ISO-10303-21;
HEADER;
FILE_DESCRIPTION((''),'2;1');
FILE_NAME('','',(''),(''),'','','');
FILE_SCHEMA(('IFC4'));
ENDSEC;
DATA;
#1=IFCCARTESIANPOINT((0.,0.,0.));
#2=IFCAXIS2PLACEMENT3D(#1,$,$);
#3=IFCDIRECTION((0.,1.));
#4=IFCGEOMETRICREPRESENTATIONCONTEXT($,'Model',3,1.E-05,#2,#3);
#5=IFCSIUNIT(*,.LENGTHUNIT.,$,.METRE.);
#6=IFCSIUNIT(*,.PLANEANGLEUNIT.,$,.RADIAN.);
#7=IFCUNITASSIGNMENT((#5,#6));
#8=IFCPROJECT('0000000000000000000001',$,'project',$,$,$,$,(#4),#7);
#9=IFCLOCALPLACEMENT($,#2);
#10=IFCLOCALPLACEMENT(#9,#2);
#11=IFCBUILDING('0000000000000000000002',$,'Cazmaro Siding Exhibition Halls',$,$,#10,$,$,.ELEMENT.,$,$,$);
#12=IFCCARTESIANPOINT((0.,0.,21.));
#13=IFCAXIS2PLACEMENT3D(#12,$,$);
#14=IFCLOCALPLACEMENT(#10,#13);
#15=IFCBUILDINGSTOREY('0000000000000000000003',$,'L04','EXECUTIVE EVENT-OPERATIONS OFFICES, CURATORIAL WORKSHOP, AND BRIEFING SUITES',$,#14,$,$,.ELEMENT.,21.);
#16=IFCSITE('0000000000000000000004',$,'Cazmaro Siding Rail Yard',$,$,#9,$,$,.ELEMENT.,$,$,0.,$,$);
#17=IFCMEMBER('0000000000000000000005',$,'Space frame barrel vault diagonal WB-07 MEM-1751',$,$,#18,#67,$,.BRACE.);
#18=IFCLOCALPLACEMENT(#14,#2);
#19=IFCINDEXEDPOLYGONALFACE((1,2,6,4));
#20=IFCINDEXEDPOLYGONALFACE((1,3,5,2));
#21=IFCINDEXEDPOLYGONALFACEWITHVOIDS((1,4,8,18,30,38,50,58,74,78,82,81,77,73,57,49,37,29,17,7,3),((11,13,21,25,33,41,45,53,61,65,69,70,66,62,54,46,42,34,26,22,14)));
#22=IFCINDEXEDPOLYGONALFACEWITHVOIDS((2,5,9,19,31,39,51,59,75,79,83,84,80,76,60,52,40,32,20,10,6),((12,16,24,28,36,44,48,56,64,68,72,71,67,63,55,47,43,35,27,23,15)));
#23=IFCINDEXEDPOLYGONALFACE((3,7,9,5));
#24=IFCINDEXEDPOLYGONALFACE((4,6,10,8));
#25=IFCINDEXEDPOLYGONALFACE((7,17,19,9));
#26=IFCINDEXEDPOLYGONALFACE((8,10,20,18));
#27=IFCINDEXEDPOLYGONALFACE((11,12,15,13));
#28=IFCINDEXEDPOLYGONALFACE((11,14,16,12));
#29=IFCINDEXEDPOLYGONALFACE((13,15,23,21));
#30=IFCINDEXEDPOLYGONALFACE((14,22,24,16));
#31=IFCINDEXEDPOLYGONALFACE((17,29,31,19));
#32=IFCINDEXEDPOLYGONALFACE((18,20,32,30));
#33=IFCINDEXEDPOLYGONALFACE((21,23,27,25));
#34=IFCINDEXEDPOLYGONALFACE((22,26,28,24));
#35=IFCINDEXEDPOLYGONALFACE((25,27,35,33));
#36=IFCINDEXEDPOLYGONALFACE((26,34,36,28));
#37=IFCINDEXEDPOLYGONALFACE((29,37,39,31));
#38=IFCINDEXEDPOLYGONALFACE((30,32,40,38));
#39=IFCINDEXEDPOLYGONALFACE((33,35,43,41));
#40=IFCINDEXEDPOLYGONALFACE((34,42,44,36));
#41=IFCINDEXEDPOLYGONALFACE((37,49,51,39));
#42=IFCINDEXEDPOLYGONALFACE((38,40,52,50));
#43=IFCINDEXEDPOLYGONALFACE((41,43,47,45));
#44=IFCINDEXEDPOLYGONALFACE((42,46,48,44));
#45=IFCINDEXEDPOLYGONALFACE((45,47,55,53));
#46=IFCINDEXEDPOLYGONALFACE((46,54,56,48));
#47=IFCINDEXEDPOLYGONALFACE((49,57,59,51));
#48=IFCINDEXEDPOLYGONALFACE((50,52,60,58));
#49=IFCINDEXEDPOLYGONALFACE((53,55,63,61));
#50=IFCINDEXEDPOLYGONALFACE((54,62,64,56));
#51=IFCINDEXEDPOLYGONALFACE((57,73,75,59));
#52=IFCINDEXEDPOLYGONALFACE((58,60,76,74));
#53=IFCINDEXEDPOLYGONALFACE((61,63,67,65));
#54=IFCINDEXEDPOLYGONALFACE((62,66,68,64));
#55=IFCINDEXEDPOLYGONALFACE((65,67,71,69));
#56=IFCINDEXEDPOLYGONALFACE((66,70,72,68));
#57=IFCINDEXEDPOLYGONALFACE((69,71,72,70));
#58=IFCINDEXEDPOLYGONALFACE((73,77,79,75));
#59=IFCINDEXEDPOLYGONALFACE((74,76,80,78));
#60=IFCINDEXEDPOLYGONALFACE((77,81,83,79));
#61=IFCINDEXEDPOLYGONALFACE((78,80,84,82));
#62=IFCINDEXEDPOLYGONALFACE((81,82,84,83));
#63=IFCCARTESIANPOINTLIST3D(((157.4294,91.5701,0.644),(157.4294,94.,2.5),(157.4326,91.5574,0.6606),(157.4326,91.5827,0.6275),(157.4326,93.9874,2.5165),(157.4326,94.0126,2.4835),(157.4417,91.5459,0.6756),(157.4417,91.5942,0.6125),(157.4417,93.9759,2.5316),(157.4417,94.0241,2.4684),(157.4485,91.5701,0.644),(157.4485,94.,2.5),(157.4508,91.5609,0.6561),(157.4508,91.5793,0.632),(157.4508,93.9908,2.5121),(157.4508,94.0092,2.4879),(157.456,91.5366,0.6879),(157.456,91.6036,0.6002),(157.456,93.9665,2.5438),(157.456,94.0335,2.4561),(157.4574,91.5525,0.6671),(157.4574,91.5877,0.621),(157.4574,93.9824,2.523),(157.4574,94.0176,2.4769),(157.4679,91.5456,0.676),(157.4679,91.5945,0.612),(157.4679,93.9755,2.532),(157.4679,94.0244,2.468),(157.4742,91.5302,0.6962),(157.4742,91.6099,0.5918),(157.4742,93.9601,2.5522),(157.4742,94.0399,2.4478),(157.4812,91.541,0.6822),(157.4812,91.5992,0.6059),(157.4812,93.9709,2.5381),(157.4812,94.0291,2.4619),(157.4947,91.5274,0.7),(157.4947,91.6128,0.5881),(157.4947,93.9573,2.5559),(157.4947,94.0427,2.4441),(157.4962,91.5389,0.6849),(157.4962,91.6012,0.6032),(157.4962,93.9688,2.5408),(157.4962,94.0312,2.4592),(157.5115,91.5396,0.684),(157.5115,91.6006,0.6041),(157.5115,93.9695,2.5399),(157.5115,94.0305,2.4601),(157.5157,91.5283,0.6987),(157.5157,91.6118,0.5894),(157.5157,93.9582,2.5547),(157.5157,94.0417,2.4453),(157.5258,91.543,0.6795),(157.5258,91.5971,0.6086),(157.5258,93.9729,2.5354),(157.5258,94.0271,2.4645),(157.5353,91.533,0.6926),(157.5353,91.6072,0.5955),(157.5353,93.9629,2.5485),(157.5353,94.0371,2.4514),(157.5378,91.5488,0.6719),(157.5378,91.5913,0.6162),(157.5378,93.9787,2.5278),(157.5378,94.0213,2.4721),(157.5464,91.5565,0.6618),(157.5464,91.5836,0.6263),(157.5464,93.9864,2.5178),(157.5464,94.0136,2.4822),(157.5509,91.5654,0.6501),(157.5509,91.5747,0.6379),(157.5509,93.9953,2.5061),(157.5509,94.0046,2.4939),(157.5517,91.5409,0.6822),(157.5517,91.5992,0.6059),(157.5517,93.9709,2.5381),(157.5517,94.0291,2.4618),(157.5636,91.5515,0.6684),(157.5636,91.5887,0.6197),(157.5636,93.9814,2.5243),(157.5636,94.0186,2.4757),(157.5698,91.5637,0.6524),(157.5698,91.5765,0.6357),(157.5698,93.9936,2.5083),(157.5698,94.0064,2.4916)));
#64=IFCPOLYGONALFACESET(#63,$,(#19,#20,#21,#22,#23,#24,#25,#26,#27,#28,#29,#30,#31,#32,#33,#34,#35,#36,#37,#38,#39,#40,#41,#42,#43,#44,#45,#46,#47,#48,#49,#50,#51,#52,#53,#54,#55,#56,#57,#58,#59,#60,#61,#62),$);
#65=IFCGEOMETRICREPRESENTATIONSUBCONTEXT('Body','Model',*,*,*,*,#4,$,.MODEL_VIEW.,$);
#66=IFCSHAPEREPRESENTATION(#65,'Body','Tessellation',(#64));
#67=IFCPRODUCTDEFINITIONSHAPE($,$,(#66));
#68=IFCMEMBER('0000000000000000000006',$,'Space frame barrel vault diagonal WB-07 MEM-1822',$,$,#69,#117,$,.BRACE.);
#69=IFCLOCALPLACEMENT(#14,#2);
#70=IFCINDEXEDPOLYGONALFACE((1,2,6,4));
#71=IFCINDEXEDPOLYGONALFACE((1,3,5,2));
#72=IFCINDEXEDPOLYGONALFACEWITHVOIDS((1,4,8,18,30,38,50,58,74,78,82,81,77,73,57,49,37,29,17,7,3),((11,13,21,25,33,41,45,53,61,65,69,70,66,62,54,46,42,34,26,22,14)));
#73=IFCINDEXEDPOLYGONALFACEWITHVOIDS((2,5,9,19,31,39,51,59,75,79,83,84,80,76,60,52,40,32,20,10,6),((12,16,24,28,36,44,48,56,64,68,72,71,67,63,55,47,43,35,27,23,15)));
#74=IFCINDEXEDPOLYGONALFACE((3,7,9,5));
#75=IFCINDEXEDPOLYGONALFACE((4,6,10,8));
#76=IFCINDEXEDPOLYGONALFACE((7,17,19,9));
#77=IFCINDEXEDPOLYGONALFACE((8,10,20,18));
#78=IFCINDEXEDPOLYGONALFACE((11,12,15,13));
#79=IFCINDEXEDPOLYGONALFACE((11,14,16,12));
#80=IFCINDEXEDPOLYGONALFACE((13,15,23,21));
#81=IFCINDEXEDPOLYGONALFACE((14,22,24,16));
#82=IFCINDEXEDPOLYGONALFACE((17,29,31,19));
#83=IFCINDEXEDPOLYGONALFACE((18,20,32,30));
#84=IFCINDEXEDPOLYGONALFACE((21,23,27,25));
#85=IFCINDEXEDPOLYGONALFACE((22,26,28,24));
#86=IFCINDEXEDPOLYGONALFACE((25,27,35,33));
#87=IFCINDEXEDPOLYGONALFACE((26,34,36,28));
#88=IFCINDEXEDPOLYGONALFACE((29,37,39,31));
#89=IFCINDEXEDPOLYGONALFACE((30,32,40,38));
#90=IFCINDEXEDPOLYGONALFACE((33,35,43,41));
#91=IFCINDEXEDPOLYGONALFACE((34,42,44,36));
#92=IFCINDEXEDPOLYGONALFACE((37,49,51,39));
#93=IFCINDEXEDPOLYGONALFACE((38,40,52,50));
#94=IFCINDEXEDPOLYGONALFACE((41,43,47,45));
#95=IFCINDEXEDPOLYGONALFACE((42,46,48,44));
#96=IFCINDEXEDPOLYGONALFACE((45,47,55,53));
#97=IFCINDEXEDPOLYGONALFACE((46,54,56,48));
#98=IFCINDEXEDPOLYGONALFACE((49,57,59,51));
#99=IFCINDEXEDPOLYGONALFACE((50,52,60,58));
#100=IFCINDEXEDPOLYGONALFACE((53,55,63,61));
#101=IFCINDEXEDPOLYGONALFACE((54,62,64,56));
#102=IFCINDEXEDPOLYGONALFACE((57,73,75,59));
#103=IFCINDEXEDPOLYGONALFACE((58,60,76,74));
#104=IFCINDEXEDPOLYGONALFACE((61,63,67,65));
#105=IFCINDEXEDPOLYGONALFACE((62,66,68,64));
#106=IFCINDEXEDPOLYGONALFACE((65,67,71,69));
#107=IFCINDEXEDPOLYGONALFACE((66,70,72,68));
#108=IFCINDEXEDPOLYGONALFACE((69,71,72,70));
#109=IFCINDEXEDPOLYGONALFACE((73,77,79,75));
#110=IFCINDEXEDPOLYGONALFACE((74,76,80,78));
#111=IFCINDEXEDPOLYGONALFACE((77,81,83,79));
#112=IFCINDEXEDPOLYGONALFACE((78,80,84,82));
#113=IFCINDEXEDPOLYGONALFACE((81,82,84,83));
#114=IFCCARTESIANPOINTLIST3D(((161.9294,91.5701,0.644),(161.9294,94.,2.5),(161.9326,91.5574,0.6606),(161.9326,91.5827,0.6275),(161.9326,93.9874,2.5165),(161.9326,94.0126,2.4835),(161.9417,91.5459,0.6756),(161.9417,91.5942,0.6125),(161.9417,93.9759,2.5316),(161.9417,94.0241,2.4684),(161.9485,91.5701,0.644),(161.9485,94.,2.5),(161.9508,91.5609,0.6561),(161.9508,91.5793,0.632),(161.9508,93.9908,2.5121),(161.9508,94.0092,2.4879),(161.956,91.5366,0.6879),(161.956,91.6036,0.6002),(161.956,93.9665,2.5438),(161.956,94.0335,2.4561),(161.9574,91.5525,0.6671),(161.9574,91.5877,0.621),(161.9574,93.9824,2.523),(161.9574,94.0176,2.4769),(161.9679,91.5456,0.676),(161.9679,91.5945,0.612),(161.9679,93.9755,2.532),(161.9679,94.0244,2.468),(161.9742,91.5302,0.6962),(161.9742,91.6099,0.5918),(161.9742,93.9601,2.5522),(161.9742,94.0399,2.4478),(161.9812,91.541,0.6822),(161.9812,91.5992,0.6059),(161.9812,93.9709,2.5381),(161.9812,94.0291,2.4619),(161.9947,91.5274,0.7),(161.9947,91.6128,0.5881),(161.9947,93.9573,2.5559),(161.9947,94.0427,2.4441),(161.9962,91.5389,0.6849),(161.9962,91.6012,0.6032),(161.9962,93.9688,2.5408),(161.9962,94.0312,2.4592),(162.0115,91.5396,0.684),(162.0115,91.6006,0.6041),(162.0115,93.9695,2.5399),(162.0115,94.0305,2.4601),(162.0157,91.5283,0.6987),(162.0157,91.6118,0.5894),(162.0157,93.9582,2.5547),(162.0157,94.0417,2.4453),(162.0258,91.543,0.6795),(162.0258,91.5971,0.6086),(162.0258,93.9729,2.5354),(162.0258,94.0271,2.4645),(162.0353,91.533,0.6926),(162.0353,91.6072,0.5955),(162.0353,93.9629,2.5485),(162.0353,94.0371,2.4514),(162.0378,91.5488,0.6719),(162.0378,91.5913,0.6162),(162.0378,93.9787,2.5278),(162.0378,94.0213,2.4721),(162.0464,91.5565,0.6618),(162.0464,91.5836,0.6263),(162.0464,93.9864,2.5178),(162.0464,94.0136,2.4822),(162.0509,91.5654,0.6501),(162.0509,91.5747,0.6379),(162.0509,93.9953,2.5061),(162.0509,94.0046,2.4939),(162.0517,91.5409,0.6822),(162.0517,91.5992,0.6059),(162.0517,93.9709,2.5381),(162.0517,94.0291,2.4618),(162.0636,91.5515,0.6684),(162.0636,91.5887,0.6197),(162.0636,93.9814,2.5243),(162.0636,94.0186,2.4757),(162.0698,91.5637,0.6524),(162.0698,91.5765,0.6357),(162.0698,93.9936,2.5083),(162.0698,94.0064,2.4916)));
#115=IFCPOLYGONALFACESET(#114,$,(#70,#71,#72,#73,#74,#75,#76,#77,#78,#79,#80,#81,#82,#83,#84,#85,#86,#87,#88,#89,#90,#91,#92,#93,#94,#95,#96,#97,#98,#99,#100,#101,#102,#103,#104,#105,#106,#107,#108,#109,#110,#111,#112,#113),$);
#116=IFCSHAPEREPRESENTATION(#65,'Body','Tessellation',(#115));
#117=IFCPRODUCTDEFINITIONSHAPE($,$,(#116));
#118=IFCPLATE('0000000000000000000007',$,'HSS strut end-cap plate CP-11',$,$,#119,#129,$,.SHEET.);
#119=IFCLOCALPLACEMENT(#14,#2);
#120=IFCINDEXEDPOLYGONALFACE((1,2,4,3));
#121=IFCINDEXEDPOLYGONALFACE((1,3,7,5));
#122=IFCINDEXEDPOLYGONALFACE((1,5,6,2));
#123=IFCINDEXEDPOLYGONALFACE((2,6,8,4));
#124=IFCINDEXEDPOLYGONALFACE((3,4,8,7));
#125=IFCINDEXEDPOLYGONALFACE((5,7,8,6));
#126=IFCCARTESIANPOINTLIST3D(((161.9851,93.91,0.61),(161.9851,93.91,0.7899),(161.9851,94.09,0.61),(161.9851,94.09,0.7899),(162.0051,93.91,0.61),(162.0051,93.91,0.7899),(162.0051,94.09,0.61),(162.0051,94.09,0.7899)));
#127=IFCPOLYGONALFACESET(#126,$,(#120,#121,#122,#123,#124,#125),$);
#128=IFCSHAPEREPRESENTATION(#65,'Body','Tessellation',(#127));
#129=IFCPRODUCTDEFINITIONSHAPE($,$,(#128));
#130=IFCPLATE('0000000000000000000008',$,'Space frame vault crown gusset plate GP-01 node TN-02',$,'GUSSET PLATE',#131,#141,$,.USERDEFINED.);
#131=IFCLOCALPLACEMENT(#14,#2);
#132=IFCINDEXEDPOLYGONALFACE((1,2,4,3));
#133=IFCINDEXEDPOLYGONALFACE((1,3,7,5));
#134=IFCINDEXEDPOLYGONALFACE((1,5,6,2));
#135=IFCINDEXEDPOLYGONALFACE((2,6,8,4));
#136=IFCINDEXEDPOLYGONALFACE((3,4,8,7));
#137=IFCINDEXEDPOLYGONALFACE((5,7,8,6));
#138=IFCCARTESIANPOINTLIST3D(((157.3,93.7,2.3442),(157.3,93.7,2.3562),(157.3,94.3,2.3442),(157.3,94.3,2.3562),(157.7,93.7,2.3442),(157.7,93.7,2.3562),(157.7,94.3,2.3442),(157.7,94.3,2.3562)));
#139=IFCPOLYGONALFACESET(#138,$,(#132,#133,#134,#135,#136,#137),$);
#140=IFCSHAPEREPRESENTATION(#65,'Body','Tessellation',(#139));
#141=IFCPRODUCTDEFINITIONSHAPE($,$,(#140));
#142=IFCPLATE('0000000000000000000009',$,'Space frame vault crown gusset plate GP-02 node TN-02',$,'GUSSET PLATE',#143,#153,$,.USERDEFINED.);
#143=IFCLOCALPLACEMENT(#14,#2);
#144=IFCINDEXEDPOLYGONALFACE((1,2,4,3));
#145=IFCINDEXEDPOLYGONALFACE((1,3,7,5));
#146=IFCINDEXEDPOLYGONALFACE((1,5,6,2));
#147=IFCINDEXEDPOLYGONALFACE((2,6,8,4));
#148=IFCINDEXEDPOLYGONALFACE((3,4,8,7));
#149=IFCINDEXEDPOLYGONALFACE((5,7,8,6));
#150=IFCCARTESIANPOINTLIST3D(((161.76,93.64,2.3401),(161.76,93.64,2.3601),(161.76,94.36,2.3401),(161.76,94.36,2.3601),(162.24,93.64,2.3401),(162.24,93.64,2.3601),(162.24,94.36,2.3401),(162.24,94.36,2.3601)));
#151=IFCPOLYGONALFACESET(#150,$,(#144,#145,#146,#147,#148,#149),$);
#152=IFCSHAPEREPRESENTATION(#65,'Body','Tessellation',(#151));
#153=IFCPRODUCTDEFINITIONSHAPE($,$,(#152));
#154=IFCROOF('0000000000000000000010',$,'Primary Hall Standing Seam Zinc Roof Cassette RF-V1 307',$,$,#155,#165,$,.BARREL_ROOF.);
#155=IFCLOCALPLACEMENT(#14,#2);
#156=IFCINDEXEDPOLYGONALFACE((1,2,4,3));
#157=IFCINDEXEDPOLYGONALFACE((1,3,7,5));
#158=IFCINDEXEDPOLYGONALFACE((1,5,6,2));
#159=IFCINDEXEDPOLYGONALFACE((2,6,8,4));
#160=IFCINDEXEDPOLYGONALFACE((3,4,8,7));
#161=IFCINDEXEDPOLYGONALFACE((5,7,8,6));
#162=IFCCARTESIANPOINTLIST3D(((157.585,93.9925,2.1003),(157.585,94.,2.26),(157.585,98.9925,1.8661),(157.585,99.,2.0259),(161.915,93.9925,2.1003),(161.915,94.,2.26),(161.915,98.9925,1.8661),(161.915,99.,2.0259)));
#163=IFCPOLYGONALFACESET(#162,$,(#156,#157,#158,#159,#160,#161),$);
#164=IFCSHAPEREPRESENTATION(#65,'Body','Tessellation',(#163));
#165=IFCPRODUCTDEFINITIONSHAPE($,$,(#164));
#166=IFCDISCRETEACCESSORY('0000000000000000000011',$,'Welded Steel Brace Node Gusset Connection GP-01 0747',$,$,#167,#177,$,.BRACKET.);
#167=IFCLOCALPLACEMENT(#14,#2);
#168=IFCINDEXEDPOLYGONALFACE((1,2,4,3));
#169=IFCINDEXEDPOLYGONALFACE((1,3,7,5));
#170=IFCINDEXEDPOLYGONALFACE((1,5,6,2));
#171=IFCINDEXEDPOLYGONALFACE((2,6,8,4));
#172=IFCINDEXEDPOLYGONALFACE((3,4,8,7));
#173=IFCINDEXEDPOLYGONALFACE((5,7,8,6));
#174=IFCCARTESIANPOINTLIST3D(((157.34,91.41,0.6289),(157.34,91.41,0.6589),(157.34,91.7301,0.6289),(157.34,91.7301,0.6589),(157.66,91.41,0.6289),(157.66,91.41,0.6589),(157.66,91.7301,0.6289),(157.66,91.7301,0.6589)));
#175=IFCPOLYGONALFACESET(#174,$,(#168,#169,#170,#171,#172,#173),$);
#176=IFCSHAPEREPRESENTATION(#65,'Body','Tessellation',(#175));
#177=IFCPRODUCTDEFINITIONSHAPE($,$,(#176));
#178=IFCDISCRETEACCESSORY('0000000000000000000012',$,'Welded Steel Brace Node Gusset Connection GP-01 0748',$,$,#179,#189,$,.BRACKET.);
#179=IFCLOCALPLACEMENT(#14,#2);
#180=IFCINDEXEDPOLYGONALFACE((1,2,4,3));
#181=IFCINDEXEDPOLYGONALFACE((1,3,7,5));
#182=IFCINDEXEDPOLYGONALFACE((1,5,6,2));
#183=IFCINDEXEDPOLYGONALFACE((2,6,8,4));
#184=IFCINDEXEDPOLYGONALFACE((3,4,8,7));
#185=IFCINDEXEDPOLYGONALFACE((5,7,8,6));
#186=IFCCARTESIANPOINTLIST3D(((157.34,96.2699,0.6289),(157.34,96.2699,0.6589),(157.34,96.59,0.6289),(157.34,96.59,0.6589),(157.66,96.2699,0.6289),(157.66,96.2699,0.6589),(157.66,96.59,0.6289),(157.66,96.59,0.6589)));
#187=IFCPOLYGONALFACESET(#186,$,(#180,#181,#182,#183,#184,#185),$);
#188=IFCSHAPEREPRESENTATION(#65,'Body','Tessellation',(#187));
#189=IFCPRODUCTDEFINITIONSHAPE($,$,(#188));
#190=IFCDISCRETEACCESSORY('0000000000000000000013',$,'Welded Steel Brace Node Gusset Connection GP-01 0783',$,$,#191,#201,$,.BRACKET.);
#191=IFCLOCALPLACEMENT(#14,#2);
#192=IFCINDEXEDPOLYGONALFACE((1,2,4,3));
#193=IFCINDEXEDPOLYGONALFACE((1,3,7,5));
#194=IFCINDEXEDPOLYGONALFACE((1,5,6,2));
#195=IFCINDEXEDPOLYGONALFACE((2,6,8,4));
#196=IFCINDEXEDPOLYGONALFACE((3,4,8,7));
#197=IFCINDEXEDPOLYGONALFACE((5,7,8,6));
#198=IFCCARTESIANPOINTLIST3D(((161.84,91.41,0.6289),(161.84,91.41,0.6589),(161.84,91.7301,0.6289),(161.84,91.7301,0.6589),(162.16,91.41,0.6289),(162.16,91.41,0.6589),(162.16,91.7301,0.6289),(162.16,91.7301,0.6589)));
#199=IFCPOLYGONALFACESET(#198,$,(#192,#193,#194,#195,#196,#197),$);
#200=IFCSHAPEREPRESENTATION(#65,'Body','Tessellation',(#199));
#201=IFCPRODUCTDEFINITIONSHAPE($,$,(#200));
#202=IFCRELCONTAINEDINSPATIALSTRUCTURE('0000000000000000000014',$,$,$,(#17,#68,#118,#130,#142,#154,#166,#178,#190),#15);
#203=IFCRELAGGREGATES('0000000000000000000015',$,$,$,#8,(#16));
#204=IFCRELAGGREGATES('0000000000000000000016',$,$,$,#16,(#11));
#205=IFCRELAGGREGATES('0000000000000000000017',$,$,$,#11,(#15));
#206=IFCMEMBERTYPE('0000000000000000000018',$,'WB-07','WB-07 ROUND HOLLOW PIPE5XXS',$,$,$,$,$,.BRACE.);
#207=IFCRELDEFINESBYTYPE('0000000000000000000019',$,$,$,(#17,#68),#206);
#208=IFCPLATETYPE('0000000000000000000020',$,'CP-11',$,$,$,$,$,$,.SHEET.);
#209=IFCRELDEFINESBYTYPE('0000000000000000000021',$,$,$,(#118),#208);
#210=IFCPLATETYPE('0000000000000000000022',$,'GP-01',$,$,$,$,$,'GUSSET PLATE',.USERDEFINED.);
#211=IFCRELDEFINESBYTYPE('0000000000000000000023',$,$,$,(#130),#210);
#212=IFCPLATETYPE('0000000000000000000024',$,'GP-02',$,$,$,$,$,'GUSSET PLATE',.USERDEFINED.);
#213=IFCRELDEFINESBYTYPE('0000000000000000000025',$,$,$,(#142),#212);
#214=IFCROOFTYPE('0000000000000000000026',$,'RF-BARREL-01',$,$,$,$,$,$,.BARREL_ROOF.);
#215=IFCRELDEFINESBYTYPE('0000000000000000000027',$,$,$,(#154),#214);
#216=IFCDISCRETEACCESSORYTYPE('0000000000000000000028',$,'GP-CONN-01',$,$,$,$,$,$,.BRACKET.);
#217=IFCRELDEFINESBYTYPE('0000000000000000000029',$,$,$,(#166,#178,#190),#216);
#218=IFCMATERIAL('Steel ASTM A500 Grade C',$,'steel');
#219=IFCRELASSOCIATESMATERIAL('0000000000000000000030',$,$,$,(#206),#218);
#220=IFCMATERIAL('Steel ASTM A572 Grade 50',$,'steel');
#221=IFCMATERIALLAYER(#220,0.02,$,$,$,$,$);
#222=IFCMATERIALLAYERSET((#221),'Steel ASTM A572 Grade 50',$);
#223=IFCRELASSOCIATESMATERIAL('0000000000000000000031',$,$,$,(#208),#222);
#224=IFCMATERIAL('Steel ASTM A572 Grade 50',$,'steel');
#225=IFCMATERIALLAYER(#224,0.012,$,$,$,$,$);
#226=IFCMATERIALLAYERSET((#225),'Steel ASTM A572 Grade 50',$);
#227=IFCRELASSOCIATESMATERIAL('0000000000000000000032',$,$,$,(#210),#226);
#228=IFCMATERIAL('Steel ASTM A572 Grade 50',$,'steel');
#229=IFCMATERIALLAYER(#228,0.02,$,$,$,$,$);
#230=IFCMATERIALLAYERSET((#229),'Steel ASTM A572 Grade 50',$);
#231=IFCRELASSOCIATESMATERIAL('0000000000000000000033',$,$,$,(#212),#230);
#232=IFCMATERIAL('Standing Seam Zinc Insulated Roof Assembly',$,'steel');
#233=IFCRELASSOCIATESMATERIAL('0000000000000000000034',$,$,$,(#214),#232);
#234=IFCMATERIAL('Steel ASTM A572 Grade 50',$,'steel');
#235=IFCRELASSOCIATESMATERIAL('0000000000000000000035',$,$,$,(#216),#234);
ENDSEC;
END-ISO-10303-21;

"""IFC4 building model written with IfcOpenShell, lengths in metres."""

from ifc_helpers import new_model, si_unit, direction, frame, origin, origin_2d, place, context, subcontext, project, spatial, polyline, rectangle, hollow_circle, outline, extrude, material, layer, layer_set, material_profile, profile_set, type_object, element, save


model = new_model("IFC4")

# Units and contexts
model_context = context("Model", 3, precision=1e-05, world=origin(), true_north=direction((0.0, 1.0)))
body_context = subcontext(model_context, "Body", "Model", "MODEL_VIEW")
ifc_project = project(units=[si_unit("LENGTHUNIT", "METRE"), si_unit("PLANEANGLEUNIT", "RADIAN")], contexts=[model_context])

# Site, building, storey
site_placement = place(None, origin())
site = spatial("IfcSite", under=ifc_project, at=site_placement, Name="Cazmaro Siding Rail Yard", CompositionType="ELEMENT", RefElevation=0.0)
building_placement = place(site_placement, origin())
building = spatial("IfcBuilding", under=site, at=building_placement, Name="Cazmaro Siding Exhibition Halls", CompositionType="ELEMENT")
storey_placement = place(building_placement, frame((0.0, 0.0, 21.0)))
storey = spatial("IfcBuildingStorey", under=building, at=storey_placement, Name="L04", Description="EXECUTIVE EVENT-OPERATIONS OFFICES, CURATORIAL WORKSHOP, AND BRIEFING SUITES", CompositionType="ELEMENT", Elevation=21.0)

# Members
ifc_material_1 = material(Name="Steel ASTM A500 Grade C", Category="steel")
ifc_material_profile_1 = material_profile(ifc_material_1, hollow_circle(Radius=0.0706, WallThickness=0.019, at=origin_2d()), Name="PIPE5XXS")
ifc_profile_set_1 = profile_set([ifc_material_profile_1], Name="Steel ASTM A500 Grade C")
member_type_1 = type_object("IfcMemberType", Name="WB-07", Description="WB-07 ROUND HOLLOW PIPE5XXS", PredefinedType="BRACE", material=ifc_profile_set_1)
for number, where, z_axis, x_axis, name in (
    (1, (157.5, 91.5701, 0.644), (0.0, 0.794709, 0.606991), (-1.0, 0.0, 0.0), "Space frame barrel vault diagonal WB-07 MEM-1751"),
    (2, (162.0, 91.5701, 0.644), (0.0, 0.794709, 0.606991), (-1.0, 0.0, 0.0), "Space frame barrel vault diagonal WB-07 MEM-1822"),
):
    element("IfcMember", number, at=place(storey_placement, frame(where, z_axis=z_axis, x_axis=x_axis)), inside=storey, type_object=member_type_1, Name=name, PredefinedType="BRACE", context=body_context, shape_type="SweptSolid", body=[
        extrude(hollow_circle(Radius=0.0706, WallThickness=0.019, at=origin_2d()), origin(), (0.0, 0.0, 1.0), 3.0576),
    ])

# Plates
ifc_material_2 = material(Name="Steel ASTM A572 Grade 50", Category="steel")
ifc_layer_1 = layer(ifc_material_2, 0.02)
ifc_layer_set_1 = layer_set([ifc_layer_1], Name="Steel ASTM A572 Grade 50")
plate_type_1 = type_object("IfcPlateType", Name="CP-11", PredefinedType="SHEET", material=ifc_layer_set_1)
plate_1_placement = place(storey_placement, frame((161.9851, 94.0, 0.7), z_axis=(1.0, 0.0, 0.0), x_axis=(0.0, 1.0, 0.0)))
element("IfcPlate", 3, at=plate_1_placement, inside=storey, type_object=plate_type_1, Name="HSS strut end-cap plate CP-11", PredefinedType="SHEET", context=body_context, shape_type="SweptSolid", body=[
    extrude(rectangle(XDim=0.1799, YDim=0.1799, at=origin_2d()), origin(), (0.0, 0.0, 1.0), 0.02),
])
ifc_material_3 = material(Name="Steel ASTM A572 Grade 50", Category="steel")
ifc_layer_2 = layer(ifc_material_3, 0.012)
ifc_layer_set_2 = layer_set([ifc_layer_2], Name="Steel ASTM A572 Grade 50")
plate_type_2 = type_object("IfcPlateType", Name="GP-01", ElementType="GUSSET PLATE", PredefinedType="USERDEFINED", material=ifc_layer_set_2)
plate_2_placement = place(storey_placement, frame((157.5, 94.0, 2.3442), z_axis=(0.0, 0.0, 1.0), x_axis=(0.0, 1.0, 0.0)))
element("IfcPlate", 4, at=plate_2_placement, inside=storey, type_object=plate_type_2, Name="Space frame vault crown gusset plate GP-01 node TN-02", ObjectType="GUSSET PLATE", PredefinedType="USERDEFINED", context=body_context, shape_type="SweptSolid", body=[
    extrude(rectangle(XDim=0.6001, YDim=0.3999, at=origin_2d()), origin(), (0.0, 0.0, 1.0), 0.012),
])
ifc_material_4 = material(Name="Steel ASTM A572 Grade 50", Category="steel")
ifc_layer_3 = layer(ifc_material_4, 0.02)
ifc_layer_set_3 = layer_set([ifc_layer_3], Name="Steel ASTM A572 Grade 50")
plate_type_3 = type_object("IfcPlateType", Name="GP-02", ElementType="GUSSET PLATE", PredefinedType="USERDEFINED", material=ifc_layer_set_3)
plate_3_placement = place(storey_placement, frame((162.0, 94.0, 2.3401), z_axis=(0.0, 0.0, 1.0), x_axis=(0.0, 1.0, 0.0)))
element("IfcPlate", 5, at=plate_3_placement, inside=storey, type_object=plate_type_3, Name="Space frame vault crown gusset plate GP-02 node TN-02", ObjectType="GUSSET PLATE", PredefinedType="USERDEFINED", context=body_context, shape_type="SweptSolid", body=[
    extrude(rectangle(XDim=0.72, YDim=0.48, at=origin_2d()), origin(), (0.0, 0.0, 1.0), 0.02),
])

# Roof
ifc_material_5 = material(Name="Standing Seam Zinc Insulated Roof Assembly", Category="steel")
roof_type = type_object("IfcRoofType", Name="RF-BARREL-01", PredefinedType="BARREL_ROOF", material=ifc_material_5)
roof_placement = place(storey_placement, frame((157.585, 94.0, 2.26), z_axis=(0.0, 0.046775, 0.998905), x_axis=(1.0, 0.0, 0.0)))
element("IfcRoof", 6, at=roof_placement, inside=storey, type_object=roof_type, Name="Primary Hall Standing Seam Zinc Roof Cassette RF-V1 307", PredefinedType="BARREL_ROOF", context=body_context, shape_type="SweptSolid", body=[
    extrude(outline(polyline([(0.0, 0.0), (4.3301, 0.0), (4.3301, 5.0055), (0.0, 5.0055), (0.0, 0.0)])), origin(), (0.0, 0.0, -1.0), 0.1599),
])

# Discrete accessories
ifc_material_6 = material(Name="Steel ASTM A572 Grade 50", Category="steel")
discrete_accessory_type = type_object("IfcDiscreteAccessoryType", Name="GP-CONN-01", PredefinedType="BRACKET", material=ifc_material_6)
for number, where, z_axis, x_axis, name in (
    (7, (157.5, 91.5701, 0.6289), (0.0, 0.0, 1.0), (1.0, 0.0, 0.0), "Welded Steel Brace Node Gusset Connection GP-01 0747"),
    (8, (157.5, 96.4299, 0.6289), (0.0, 0.0, 1.0), (1.0, 0.0, 0.0), "Welded Steel Brace Node Gusset Connection GP-01 0748"),
    (9, (162.0, 91.5701, 0.6289), (0.0, 0.0, 1.0), (1.0, 0.0, 0.0), "Welded Steel Brace Node Gusset Connection GP-01 0783"),
):
    element("IfcDiscreteAccessory", number, at=place(storey_placement, frame(where, z_axis=z_axis, x_axis=x_axis)), inside=storey, type_object=discrete_accessory_type, Name=name, PredefinedType="BRACKET", context=body_context, shape_type="SweptSolid", body=[
        extrude(rectangle(XDim=0.3201, YDim=0.3201, at=origin_2d()), origin(), (0.0, 0.0, 1.0), 0.03),
    ])

save(model, "model.ifc")
